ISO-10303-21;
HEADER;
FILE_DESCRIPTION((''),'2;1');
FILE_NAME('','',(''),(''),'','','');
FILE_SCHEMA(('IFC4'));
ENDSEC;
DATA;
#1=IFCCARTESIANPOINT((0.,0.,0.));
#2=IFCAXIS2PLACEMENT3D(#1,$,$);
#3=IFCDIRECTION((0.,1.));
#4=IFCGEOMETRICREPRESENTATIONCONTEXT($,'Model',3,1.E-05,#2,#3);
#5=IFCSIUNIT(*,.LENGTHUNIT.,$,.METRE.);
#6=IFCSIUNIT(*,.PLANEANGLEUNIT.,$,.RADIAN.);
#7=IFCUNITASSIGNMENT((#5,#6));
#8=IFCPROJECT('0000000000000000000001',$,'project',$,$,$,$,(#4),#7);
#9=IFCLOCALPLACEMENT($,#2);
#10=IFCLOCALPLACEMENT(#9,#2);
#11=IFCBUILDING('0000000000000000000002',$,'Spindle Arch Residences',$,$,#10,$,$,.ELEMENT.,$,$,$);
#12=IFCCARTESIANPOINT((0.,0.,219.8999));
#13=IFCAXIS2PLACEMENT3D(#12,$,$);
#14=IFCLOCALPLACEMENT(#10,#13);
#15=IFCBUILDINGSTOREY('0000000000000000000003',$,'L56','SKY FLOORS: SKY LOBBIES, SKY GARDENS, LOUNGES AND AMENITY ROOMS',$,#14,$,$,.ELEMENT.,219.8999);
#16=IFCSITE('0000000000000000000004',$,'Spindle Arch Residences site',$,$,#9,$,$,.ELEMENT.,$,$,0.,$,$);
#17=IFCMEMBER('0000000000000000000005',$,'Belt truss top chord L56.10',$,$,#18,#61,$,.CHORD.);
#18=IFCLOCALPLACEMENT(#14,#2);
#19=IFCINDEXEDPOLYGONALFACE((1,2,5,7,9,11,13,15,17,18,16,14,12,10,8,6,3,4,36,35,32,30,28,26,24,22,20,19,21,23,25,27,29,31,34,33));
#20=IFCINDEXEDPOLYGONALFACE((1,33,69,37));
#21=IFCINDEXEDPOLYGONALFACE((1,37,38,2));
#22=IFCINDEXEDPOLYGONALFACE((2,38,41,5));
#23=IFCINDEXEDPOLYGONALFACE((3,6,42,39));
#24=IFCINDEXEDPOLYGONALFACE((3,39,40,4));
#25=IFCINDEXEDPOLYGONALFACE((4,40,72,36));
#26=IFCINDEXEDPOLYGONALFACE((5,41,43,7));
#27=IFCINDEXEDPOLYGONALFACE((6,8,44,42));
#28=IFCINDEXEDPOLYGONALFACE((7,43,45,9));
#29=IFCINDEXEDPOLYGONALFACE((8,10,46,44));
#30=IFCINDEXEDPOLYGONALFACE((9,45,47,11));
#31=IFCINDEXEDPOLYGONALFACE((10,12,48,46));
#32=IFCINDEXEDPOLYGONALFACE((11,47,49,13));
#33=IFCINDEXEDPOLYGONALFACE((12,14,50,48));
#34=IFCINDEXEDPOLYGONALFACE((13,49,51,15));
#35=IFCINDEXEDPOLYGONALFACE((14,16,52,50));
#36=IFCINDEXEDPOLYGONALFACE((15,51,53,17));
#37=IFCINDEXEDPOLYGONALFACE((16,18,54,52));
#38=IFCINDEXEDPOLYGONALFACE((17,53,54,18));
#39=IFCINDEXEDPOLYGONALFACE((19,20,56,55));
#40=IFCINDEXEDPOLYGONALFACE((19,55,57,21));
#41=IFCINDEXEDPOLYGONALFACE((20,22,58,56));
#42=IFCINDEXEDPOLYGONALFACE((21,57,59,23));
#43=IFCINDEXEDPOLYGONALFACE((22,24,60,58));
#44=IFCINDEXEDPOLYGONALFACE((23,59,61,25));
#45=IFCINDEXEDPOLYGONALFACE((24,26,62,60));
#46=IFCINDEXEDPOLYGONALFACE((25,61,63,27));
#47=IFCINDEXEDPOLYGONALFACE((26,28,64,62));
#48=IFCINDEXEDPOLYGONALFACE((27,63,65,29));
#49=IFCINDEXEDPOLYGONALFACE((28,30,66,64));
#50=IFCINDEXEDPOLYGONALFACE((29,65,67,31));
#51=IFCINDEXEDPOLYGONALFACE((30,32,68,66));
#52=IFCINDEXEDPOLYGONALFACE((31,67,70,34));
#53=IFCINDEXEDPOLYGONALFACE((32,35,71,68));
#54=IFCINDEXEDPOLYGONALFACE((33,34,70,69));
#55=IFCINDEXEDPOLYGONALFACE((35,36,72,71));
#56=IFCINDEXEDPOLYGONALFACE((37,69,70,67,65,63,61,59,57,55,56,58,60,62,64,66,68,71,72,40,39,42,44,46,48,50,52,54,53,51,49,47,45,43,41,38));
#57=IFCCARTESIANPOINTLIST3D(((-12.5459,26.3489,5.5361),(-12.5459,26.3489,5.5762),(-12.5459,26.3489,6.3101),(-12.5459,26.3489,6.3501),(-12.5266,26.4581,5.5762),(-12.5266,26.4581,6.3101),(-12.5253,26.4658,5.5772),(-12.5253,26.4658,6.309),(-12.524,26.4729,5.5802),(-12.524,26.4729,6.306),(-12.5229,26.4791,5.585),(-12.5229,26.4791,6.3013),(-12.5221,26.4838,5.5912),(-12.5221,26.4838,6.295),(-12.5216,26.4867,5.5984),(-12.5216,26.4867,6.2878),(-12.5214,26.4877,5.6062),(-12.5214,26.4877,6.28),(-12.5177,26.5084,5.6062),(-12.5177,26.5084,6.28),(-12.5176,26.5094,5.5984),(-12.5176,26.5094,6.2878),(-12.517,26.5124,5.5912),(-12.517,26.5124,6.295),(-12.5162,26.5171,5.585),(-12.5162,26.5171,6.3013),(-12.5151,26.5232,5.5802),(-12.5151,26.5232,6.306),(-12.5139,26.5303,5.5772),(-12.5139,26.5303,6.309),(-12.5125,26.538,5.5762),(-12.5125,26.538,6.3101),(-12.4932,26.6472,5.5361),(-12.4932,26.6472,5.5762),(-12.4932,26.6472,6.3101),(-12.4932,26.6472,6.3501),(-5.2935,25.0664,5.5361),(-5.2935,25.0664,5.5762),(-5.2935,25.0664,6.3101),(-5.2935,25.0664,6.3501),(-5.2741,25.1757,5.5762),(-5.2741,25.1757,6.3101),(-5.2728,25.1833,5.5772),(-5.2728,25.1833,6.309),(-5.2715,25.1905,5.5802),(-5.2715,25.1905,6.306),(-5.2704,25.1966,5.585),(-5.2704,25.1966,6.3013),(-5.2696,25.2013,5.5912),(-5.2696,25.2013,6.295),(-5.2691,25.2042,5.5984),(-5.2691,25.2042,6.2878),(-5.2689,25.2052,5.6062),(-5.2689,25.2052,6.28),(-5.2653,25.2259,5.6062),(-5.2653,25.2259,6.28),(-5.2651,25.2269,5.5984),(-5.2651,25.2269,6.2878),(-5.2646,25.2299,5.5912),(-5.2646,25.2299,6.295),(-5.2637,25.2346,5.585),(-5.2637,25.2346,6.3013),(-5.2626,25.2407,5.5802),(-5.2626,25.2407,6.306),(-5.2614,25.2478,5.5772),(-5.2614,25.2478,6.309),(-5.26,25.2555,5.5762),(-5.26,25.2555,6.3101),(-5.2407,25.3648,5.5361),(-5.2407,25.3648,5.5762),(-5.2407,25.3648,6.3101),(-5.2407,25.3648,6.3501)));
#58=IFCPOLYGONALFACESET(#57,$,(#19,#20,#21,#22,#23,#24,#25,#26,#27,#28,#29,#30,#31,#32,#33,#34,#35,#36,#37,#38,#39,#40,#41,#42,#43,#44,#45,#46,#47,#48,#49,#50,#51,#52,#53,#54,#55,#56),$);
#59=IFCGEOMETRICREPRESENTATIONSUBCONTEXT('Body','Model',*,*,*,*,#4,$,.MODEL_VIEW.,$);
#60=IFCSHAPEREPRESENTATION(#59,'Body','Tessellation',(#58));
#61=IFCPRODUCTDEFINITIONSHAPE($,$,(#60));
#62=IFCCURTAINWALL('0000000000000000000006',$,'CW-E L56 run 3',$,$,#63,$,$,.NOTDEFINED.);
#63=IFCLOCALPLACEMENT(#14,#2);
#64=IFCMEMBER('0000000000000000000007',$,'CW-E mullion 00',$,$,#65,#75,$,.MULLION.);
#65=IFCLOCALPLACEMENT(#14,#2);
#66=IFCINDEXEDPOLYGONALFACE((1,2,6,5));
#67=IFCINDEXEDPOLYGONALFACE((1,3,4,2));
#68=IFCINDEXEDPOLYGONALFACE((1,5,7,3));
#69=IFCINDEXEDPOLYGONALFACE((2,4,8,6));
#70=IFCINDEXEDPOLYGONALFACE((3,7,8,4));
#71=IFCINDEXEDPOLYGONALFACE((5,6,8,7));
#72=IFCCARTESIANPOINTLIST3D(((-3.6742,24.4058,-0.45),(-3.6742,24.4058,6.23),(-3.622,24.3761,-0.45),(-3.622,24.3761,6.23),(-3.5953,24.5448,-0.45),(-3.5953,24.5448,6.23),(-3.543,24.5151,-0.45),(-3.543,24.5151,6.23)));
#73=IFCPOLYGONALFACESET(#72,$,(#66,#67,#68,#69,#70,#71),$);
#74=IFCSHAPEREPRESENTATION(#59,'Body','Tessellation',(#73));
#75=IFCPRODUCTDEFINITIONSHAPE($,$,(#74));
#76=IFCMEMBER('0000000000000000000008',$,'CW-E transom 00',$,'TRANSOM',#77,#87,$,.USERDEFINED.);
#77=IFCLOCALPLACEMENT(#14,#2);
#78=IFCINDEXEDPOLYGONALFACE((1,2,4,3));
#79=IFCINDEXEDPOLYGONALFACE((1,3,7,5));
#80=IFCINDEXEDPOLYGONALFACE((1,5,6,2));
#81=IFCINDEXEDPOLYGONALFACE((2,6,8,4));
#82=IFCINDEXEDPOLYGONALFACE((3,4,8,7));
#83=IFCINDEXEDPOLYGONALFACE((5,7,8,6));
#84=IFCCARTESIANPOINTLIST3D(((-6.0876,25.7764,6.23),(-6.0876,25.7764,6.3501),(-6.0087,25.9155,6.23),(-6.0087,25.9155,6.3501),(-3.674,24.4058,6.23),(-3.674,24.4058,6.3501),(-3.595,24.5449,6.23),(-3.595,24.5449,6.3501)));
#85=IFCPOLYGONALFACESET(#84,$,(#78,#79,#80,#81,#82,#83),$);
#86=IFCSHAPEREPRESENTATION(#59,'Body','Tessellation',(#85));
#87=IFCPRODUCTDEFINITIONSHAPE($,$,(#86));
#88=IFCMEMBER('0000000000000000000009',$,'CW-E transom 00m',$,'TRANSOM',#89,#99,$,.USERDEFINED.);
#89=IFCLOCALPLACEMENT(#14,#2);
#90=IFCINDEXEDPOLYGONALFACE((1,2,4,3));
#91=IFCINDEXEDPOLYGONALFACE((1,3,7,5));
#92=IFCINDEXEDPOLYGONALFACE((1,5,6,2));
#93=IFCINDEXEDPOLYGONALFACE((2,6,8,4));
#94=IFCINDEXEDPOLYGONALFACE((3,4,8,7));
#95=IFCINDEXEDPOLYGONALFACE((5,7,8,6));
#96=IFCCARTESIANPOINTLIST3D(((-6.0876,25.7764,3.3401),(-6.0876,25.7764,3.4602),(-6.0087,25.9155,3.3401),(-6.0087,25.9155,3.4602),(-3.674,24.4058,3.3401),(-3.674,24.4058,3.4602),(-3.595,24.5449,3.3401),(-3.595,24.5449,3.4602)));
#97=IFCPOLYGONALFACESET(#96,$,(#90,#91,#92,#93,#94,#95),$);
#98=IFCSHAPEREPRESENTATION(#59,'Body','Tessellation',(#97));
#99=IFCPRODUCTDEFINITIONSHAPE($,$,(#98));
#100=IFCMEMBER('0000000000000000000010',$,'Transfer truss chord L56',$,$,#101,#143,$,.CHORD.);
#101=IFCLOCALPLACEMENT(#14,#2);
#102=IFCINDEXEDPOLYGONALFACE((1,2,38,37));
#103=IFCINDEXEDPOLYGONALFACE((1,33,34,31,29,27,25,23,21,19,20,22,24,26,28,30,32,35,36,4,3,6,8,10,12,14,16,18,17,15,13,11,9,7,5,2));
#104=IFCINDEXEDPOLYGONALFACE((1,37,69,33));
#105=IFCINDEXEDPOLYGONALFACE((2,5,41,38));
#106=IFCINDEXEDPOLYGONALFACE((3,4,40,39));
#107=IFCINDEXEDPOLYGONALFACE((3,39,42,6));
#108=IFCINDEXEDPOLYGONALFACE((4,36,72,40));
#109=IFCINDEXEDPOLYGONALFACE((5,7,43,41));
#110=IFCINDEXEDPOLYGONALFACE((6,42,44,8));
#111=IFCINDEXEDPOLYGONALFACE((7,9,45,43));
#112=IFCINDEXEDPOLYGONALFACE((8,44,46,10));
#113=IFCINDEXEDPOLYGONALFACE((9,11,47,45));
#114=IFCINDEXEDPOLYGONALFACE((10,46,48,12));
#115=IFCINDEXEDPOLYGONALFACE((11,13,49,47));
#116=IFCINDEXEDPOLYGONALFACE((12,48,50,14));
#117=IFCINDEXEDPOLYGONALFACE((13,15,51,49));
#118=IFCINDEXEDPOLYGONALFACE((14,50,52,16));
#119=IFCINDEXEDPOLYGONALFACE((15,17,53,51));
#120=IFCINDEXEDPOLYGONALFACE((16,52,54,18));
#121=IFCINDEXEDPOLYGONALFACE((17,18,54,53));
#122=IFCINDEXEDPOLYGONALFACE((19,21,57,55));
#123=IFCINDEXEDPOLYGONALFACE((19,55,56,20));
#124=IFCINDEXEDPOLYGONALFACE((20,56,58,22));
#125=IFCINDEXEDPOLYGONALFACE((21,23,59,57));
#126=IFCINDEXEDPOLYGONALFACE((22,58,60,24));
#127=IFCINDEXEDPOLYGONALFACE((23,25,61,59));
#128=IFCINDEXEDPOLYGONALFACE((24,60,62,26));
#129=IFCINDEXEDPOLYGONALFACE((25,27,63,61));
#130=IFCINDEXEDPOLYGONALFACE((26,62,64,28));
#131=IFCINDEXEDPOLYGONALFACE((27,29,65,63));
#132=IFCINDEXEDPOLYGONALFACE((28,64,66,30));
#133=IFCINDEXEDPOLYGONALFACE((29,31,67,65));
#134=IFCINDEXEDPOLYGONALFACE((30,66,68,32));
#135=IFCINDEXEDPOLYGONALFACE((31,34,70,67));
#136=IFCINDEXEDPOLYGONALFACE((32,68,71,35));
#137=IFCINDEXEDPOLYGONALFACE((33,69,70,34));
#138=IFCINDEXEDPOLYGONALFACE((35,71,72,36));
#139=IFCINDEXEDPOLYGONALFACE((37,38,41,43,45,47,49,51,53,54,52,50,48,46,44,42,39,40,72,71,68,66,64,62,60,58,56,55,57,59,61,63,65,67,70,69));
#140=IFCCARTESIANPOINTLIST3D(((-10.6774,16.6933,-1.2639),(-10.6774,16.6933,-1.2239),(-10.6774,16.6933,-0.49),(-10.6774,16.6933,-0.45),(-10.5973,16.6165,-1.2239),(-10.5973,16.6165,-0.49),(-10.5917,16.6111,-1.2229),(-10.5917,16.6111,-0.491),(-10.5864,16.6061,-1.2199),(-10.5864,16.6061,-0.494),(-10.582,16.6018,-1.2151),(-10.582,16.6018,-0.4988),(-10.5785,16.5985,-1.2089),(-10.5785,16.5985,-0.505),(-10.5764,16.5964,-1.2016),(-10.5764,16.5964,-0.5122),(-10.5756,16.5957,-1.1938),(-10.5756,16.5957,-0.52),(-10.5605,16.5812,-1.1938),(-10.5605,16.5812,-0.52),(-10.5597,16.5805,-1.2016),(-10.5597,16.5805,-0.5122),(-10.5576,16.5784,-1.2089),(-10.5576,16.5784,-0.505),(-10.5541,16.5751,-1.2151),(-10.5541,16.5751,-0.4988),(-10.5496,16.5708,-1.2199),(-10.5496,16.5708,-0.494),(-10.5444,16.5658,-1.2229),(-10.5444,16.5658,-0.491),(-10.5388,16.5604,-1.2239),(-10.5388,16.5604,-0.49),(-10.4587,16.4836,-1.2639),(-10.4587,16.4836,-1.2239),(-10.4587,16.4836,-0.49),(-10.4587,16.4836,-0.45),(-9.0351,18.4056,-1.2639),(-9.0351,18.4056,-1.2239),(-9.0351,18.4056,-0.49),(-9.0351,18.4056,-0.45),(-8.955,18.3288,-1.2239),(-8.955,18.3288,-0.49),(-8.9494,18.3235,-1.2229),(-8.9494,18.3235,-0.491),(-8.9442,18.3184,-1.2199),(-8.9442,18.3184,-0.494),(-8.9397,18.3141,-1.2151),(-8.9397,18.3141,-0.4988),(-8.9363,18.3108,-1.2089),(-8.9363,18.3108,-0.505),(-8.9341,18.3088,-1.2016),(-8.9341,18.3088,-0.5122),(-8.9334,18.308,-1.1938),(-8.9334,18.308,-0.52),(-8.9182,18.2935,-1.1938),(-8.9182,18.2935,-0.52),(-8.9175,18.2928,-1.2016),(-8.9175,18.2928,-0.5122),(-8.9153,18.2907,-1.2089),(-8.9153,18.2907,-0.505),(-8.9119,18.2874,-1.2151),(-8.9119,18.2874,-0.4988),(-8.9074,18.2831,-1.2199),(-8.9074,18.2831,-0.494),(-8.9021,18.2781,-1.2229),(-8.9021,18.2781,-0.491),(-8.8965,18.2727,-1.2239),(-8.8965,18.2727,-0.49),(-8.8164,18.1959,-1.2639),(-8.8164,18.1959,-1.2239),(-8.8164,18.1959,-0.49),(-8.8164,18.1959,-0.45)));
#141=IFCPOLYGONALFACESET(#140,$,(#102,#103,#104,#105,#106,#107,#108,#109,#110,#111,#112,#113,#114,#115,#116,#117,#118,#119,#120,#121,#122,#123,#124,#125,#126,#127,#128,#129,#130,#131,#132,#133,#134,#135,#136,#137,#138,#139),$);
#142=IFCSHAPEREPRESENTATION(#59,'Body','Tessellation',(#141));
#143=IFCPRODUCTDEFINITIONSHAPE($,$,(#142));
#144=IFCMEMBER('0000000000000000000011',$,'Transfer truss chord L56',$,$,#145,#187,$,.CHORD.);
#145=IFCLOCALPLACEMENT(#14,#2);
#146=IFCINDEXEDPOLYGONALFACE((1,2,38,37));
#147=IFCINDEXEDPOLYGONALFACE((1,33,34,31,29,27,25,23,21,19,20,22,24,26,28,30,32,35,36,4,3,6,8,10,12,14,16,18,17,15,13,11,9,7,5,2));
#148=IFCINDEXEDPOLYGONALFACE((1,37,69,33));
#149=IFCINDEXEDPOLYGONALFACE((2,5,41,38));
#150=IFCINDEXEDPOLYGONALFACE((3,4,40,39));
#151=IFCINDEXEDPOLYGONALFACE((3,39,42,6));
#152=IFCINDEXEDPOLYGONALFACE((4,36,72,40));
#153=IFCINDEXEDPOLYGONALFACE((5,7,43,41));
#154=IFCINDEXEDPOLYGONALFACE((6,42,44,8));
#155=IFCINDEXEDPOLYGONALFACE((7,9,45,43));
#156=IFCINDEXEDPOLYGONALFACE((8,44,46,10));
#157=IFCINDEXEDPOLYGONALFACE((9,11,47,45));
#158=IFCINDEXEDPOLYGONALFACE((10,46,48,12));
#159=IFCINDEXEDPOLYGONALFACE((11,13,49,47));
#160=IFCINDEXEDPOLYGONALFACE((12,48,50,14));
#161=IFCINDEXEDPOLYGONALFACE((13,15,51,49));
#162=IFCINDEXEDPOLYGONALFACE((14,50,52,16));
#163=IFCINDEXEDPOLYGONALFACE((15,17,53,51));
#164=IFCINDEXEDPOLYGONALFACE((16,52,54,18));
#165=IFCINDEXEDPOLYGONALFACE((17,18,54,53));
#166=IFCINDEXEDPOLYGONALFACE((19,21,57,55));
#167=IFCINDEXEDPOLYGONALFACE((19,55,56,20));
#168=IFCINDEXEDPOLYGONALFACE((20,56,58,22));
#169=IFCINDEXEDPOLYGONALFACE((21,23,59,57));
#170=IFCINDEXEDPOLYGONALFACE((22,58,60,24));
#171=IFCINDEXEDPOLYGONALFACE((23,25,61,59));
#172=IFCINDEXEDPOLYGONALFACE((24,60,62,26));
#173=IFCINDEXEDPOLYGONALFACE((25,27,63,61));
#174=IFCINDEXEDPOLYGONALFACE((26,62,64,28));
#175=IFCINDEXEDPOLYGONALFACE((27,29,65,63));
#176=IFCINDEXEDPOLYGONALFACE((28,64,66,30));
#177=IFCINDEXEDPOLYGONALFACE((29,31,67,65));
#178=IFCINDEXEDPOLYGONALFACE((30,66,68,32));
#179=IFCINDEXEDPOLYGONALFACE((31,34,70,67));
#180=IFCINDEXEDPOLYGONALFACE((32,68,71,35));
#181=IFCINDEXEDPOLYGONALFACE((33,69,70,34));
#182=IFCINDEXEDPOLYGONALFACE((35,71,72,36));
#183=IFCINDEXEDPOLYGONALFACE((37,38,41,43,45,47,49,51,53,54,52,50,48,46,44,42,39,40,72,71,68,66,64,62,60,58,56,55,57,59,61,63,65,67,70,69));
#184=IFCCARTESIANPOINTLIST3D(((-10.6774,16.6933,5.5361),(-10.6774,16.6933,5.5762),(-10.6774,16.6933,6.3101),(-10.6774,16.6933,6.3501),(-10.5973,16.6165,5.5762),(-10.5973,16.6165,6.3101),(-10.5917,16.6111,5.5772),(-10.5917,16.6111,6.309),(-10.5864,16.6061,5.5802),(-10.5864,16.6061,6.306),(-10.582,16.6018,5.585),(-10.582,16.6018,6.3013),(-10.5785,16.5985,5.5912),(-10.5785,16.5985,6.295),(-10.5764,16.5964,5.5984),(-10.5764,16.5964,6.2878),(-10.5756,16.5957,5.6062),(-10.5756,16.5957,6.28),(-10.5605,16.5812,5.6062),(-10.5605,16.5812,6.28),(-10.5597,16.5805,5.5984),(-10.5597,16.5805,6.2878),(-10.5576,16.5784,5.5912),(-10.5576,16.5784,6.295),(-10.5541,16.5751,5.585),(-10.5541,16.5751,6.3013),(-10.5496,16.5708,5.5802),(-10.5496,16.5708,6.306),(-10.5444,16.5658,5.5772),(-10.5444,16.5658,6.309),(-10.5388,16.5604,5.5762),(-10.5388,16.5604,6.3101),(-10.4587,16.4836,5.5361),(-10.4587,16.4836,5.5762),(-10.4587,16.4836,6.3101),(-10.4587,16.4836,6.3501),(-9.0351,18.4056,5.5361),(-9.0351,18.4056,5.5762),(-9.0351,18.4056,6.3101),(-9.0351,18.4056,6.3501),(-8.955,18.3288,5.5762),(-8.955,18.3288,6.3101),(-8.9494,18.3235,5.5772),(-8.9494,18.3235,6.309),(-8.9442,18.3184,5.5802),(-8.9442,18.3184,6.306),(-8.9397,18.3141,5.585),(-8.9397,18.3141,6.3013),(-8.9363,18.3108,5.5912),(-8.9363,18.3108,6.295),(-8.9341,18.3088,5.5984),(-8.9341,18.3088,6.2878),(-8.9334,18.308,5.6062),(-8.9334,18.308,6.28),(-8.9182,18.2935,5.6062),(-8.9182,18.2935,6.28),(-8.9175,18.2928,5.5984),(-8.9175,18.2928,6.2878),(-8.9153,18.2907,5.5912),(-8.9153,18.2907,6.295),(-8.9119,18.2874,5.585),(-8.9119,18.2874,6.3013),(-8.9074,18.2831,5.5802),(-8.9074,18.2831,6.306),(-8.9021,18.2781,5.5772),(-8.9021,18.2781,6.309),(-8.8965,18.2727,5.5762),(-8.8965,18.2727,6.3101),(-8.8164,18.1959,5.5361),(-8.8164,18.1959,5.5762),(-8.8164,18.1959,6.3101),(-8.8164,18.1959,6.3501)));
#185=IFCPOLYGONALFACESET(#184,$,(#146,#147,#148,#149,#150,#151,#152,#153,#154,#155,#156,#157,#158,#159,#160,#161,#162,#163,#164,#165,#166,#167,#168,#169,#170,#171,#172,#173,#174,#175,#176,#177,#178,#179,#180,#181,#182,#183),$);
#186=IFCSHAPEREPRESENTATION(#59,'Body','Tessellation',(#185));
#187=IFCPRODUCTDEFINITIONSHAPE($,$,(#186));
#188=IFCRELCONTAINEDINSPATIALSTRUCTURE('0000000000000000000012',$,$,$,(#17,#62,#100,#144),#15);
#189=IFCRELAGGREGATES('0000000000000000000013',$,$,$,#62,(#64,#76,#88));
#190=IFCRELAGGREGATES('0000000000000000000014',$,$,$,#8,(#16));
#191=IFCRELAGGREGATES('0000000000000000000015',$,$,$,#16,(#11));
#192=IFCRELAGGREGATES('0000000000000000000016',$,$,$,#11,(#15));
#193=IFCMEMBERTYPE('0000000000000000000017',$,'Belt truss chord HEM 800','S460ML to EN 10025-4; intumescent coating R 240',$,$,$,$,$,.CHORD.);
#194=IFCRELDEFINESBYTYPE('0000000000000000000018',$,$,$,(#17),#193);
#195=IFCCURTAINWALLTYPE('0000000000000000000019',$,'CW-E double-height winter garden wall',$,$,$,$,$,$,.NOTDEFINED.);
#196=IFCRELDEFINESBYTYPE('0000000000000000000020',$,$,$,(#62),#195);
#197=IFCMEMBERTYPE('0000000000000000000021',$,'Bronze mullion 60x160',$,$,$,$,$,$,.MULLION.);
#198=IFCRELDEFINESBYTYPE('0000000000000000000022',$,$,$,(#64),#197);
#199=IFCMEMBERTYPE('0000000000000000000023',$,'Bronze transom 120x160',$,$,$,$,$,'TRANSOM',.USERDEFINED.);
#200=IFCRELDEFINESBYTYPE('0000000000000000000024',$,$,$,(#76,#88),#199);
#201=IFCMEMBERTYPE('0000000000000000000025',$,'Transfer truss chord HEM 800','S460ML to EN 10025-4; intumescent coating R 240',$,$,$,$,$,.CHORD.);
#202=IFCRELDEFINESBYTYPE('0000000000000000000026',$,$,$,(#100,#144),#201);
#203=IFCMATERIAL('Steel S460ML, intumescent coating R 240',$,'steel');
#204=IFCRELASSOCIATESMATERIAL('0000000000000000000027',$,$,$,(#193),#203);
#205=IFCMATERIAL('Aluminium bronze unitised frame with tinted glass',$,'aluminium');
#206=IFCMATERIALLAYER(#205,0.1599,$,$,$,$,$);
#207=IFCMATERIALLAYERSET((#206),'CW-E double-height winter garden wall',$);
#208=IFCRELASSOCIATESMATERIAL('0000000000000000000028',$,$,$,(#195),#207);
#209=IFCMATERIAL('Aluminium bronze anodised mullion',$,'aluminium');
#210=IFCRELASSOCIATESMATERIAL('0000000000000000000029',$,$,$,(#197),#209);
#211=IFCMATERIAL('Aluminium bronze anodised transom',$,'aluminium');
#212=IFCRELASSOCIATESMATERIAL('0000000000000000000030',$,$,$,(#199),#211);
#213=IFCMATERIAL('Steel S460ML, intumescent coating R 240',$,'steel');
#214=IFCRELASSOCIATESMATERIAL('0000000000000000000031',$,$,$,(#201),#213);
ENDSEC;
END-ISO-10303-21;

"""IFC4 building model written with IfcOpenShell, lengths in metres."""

from ifc_helpers import new_model, si_unit, direction, frame, origin, origin_2d, place, context, subcontext, project, spatial, rectangle, i_section, extrude, material, layer, layer_set, material_profile, profile_set, type_object, element, aggregate, save


model = new_model("IFC4")

# Units and contexts
model_context = context("Model", 3, precision=1e-05, world=origin(), true_north=direction((0.0, 1.0)))
body_context = subcontext(model_context, "Body", "Model", "MODEL_VIEW")
ifc_project = project(units=[si_unit("LENGTHUNIT", "METRE"), si_unit("PLANEANGLEUNIT", "RADIAN")], contexts=[model_context])

# Site, building, storey
site_placement = place(None, origin())
site = spatial("IfcSite", under=ifc_project, at=site_placement, Name="Spindle Arch Residences site", CompositionType="ELEMENT", RefElevation=0.0)
building_placement = place(site_placement, origin())
building = spatial("IfcBuilding", under=site, at=building_placement, Name="Spindle Arch Residences", CompositionType="ELEMENT")
storey_placement = place(building_placement, frame((0.0, 0.0, 219.8999)))
storey = spatial("IfcBuildingStorey", under=building, at=storey_placement, Name="L56", Description="SKY FLOORS: SKY LOBBIES, SKY GARDENS, LOUNGES AND AMENITY ROOMS", CompositionType="ELEMENT", Elevation=219.8999)

# Member
ifc_material_1 = material(Name="Steel S460ML, intumescent coating R 240", Category="steel")
ifc_material_profile_1 = material_profile(ifc_material_1, i_section(OverallWidth=0.303, OverallDepth=0.814, WebThickness=0.021, FlangeThickness=0.04, FilletRadius=0.03, at=origin_2d()), Name="HEM 800")
ifc_profile_set_1 = profile_set([ifc_material_profile_1], Name="Steel S460ML, intumescent coating R 240")
member_type_1 = type_object("IfcMemberType", Name="Belt truss chord HEM 800", Description="S460ML to EN 10025-4; intumescent coating R 240", PredefinedType="CHORD", material=ifc_profile_set_1)
member_1_placement = place(storey_placement, frame((-5.2671, 25.2156, 5.9431), z_axis=(-0.984722, 0.174131, 0.0), x_axis=(-0.174131, -0.984722, 0.0)))
element("IfcMember", 1, at=member_1_placement, inside=storey, type_object=member_type_1, Name="Belt truss top chord L56.10", PredefinedType="CHORD", context=body_context, shape_type="SweptSolid", body=[
    extrude(i_section(OverallWidth=0.303, OverallDepth=0.814, WebThickness=0.021, FlangeThickness=0.04, FilletRadius=0.03, at=origin_2d()), origin(), (0.0, 0.0, 1.0), 7.365),
])

# Curtain wall, members
ifc_material_2 = material(Name="Aluminium bronze unitised frame with tinted glass", Category="aluminium")
ifc_layer_1 = layer(ifc_material_2, 0.1599)
ifc_layer_set_1 = layer_set([ifc_layer_1], Name="CW-E double-height winter garden wall")
curtain_wall_type = type_object("IfcCurtainWallType", Name="CW-E double-height winter garden wall", PredefinedType="NOTDEFINED", material=ifc_layer_set_1)
curtain_wall_1_placement = place(storey_placement, origin())
curtain_wall_1 = element("IfcCurtainWall", 2, at=curtain_wall_1_placement, inside=storey, type_object=curtain_wall_type, Name="CW-E L56 run 3", PredefinedType="NOTDEFINED")
ifc_material_3 = material(Name="Aluminium bronze anodised mullion", Category="aluminium")
ifc_material_profile_2 = material_profile(ifc_material_3, rectangle(XDim=0.1599, YDim=0.0601, at=origin_2d()), Name="MU 60x160")
ifc_profile_set_2 = profile_set([ifc_material_profile_2], Name="Aluminium bronze anodised mullion")
member_type_2 = type_object("IfcMemberType", Name="Bronze mullion 60x160", PredefinedType="MULLION", material=ifc_profile_set_2)
member_2_placement = place(storey_placement, frame((-3.6086, 24.4604, -0.45), z_axis=(0.0, 0.0, 1.0), x_axis=(-0.493865, -0.869539, 0.0)))
member_2 = element("IfcMember", 3, at=member_2_placement, type_object=member_type_2, Name="CW-E mullion 00", PredefinedType="MULLION", context=body_context, shape_type="SweptSolid", body=[
    extrude(rectangle(XDim=0.1599, YDim=0.0601, at=origin_2d()), origin(), (0.0, 0.0, 1.0), 6.6799),
])
ifc_material_4 = material(Name="Aluminium bronze anodised transom", Category="aluminium")
ifc_material_profile_3 = material_profile(ifc_material_4, rectangle(XDim=0.1599, YDim=0.1201, at=origin_2d()), Name="TR 120x160")
ifc_profile_set_3 = profile_set([ifc_material_profile_3], Name="Aluminium bronze anodised transom")
member_type_3 = type_object("IfcMemberType", Name="Bronze transom 120x160", ElementType="TRANSOM", PredefinedType="USERDEFINED", material=ifc_profile_set_3)
member_3_placement = place(storey_placement, frame((-3.6345, 24.4753, 6.29), z_axis=(-0.869572, 0.493807, 0.0), x_axis=(-0.493807, -0.869572, 0.0)))
member_3 = element("IfcMember", 4, at=member_3_placement, type_object=member_type_3, Name="CW-E transom 00", ObjectType="TRANSOM", PredefinedType="USERDEFINED", context=body_context, shape_type="SweptSolid", body=[
    extrude(rectangle(XDim=0.1599, YDim=0.1201, at=origin_2d()), origin(), (0.0, 0.0, 1.0), 2.7756),
])
member_4_placement = place(storey_placement, frame((-3.6345, 24.4753, 3.4001), z_axis=(-0.869572, 0.493807, 0.0), x_axis=(-0.493807, -0.869572, 0.0)))
member_4 = element("IfcMember", 5, at=member_4_placement, type_object=member_type_3, Name="CW-E transom 00m", ObjectType="TRANSOM", PredefinedType="USERDEFINED", context=body_context, shape_type="SweptSolid", body=[
    extrude(rectangle(XDim=0.1599, YDim=0.1201, at=origin_2d()), origin(), (0.0, 0.0, 1.0), 2.7756),
])

# Members
ifc_material_5 = material(Name="Steel S460ML, intumescent coating R 240", Category="steel")
ifc_material_profile_4 = material_profile(ifc_material_5, i_section(OverallWidth=0.303, OverallDepth=0.814, WebThickness=0.021, FlangeThickness=0.04, FilletRadius=0.03, at=origin_2d()), Name="HEM 800")
ifc_profile_set_4 = profile_set([ifc_material_profile_4], Name="Steel S460ML, intumescent coating R 240")
member_type_4 = type_object("IfcMemberType", Name="Transfer truss chord HEM 800", Description="S460ML to EN 10025-4; intumescent coating R 240", PredefinedType="CHORD", material=ifc_profile_set_4)
for number, where, z_axis, x_axis, name in (
    (6, (-8.9258, 18.3008, -0.8569), (-0.692187, -0.721718, 0.0), (0.721718, -0.692187, 0.0), "Transfer truss chord L56"),
    (7, (-8.9258, 18.3008, 5.9431), (-0.692187, -0.721718, 0.0), (0.721718, -0.692187, 0.0), "Transfer truss chord L56"),
):
    element("IfcMember", number, at=place(storey_placement, frame(where, z_axis=z_axis, x_axis=x_axis)), inside=storey, type_object=member_type_4, Name=name, PredefinedType="CHORD", context=body_context, shape_type="SweptSolid", body=[
        extrude(i_section(OverallWidth=0.303, OverallDepth=0.814, WebThickness=0.021, FlangeThickness=0.04, FilletRadius=0.03, at=origin_2d()), origin(), (0.0, 0.0, 1.0), 2.3726),
    ])

aggregate(curtain_wall_1, [member_2, member_3, member_4])

save(model, "model.ifc")
